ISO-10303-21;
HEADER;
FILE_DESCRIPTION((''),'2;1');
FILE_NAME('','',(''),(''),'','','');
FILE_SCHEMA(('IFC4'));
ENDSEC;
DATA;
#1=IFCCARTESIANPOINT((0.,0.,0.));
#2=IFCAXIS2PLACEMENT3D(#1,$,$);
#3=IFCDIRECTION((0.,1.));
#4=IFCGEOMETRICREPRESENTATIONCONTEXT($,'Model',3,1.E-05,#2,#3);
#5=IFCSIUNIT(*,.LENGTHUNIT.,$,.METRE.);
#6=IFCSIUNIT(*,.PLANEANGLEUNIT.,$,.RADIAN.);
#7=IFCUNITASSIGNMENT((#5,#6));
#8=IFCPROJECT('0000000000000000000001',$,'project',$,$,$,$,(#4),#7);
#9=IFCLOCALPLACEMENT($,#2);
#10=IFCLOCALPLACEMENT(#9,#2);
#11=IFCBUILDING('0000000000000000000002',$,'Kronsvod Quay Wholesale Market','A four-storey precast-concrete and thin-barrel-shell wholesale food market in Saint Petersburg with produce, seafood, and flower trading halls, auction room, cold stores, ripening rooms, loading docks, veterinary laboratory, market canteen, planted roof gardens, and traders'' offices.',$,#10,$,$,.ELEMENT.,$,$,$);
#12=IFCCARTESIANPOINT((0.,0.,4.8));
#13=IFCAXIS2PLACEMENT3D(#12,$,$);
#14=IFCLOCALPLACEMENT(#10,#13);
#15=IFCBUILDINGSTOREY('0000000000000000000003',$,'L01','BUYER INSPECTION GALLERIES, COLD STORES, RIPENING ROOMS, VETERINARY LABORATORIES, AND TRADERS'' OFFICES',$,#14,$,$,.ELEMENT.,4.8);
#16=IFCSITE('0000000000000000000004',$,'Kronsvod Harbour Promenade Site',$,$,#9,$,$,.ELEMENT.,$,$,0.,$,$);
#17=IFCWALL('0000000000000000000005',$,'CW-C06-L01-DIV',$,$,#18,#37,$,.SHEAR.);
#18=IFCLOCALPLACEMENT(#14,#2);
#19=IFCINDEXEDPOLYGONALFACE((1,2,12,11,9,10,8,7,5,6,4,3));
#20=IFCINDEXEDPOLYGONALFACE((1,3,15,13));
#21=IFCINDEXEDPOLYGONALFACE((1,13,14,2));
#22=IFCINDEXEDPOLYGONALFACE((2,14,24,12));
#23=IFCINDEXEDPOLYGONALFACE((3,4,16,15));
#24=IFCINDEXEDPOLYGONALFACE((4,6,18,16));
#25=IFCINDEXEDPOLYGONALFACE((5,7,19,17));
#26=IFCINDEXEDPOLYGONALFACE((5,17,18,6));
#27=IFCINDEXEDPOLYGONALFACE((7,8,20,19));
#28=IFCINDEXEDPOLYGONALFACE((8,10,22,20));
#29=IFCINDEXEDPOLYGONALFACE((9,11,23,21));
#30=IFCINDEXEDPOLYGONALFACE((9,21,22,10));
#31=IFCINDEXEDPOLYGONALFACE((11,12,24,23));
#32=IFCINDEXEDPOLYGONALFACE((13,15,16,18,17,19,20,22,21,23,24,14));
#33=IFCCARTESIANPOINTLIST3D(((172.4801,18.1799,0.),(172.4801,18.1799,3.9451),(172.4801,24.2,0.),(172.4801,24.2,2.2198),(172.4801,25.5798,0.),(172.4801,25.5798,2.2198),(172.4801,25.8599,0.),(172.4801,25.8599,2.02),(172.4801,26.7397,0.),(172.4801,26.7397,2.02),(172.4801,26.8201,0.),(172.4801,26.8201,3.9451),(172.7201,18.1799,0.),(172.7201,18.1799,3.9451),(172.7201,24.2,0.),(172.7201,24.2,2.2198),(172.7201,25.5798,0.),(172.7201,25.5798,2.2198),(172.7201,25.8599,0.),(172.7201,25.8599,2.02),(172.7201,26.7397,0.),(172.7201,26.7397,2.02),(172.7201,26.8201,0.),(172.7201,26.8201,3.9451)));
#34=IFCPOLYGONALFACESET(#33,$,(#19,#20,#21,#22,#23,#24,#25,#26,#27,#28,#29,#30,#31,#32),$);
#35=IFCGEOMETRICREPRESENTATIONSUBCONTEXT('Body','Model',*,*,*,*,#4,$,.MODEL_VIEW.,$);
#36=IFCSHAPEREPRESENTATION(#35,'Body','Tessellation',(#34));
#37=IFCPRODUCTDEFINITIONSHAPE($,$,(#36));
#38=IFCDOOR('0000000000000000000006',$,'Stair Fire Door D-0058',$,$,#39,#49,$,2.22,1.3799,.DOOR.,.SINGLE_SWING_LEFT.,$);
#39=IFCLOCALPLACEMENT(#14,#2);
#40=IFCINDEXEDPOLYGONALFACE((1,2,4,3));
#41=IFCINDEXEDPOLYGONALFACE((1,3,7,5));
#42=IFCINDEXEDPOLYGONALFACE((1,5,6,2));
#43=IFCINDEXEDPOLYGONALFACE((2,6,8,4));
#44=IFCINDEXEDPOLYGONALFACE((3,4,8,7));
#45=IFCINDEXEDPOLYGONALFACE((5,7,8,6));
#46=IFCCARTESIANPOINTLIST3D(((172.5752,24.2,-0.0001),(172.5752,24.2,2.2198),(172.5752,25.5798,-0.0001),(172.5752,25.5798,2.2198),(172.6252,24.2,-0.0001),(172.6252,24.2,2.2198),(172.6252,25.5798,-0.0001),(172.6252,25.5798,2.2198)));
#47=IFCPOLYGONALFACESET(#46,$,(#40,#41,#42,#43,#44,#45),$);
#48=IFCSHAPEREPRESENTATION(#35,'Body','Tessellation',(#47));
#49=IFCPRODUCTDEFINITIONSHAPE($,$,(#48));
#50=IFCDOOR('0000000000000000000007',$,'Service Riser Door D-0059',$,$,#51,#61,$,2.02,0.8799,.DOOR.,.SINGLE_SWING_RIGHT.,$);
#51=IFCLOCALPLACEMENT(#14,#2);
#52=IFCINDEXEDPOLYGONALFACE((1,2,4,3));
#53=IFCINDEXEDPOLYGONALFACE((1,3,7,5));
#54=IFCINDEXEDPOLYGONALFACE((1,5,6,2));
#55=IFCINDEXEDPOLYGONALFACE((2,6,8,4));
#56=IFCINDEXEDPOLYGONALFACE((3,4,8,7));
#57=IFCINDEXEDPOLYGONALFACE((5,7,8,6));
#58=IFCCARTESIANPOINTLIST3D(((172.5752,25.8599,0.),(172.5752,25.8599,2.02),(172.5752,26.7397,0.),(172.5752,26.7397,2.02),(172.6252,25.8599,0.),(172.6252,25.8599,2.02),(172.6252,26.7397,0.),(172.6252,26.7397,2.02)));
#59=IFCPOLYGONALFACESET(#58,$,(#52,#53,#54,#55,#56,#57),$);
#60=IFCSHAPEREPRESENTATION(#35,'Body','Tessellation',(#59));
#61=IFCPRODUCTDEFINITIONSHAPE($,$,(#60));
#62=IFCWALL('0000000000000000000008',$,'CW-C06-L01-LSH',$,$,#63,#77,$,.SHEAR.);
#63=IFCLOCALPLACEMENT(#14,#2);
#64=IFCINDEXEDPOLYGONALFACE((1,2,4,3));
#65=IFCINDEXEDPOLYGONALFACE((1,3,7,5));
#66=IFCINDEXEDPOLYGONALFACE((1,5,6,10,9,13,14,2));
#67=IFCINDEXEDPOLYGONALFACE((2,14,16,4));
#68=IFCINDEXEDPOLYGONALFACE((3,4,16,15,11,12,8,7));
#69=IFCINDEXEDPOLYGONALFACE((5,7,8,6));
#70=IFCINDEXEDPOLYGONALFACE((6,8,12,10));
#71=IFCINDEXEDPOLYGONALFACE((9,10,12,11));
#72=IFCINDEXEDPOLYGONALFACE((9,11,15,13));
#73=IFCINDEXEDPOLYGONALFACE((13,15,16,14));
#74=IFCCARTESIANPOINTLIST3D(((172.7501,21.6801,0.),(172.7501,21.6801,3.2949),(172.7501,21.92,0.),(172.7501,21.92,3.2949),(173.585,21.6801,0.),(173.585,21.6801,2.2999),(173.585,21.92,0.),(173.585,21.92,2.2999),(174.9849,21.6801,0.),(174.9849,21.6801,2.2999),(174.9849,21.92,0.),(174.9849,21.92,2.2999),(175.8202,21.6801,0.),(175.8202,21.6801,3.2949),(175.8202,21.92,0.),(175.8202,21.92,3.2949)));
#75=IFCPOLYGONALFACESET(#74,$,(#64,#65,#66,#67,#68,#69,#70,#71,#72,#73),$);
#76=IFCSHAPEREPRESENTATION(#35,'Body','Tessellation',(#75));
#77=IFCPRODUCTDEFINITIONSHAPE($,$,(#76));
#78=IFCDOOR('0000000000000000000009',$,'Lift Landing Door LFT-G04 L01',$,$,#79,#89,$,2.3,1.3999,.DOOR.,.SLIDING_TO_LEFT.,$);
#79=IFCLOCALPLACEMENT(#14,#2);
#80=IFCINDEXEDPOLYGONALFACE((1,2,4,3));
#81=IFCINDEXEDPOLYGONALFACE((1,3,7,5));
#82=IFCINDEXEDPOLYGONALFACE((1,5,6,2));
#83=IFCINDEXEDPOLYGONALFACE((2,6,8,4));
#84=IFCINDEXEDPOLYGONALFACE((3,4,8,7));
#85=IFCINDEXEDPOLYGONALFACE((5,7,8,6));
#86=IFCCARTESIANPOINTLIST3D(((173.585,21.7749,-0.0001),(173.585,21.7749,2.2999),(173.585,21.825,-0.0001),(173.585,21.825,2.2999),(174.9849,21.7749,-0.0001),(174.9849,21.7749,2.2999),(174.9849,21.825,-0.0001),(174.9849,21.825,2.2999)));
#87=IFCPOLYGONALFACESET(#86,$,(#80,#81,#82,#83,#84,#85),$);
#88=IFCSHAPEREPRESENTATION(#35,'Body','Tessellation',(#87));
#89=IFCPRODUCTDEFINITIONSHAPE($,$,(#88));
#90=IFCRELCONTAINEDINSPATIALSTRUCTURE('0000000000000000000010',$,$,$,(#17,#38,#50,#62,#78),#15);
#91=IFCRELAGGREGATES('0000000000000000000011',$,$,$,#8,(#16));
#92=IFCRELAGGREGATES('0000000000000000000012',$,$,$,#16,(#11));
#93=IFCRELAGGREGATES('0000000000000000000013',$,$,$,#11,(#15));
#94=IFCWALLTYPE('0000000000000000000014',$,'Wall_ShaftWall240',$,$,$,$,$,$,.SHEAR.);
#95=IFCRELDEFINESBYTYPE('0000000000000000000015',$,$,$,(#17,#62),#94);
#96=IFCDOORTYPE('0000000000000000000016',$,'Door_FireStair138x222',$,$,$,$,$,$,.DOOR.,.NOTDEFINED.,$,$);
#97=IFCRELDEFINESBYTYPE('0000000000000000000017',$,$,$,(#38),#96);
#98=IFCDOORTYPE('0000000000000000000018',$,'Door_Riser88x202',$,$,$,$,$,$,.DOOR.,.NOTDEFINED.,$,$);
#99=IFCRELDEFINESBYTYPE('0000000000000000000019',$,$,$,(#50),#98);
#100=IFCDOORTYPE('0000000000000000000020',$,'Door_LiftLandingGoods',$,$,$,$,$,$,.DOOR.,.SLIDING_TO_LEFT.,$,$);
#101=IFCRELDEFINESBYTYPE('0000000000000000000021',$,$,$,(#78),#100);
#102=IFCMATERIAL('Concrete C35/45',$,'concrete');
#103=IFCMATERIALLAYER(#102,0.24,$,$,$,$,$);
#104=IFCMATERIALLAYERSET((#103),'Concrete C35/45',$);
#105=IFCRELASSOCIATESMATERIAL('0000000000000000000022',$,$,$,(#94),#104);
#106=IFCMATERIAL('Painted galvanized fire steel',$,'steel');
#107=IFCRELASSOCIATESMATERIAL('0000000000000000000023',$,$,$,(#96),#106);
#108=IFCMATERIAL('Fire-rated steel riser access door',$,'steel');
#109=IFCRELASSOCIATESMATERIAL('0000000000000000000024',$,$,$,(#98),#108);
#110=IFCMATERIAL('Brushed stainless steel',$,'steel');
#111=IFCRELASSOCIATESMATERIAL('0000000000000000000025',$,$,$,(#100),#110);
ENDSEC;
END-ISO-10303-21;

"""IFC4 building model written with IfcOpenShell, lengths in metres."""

from ifc_helpers import new_model, si_unit, direction, frame, frame_2d, origin, place, context, subcontext, project, spatial, rectangle, extrude, material, layer, layer_set, type_object, element, fill, save


model = new_model("IFC4")

# Units and contexts
model_context = context("Model", 3, precision=1e-05, world=origin(), true_north=direction((0.0, 1.0)))
body_context = subcontext(model_context, "Body", "Model", "MODEL_VIEW")
ifc_project = project(units=[si_unit("LENGTHUNIT", "METRE"), si_unit("PLANEANGLEUNIT", "RADIAN")], contexts=[model_context])

# Site, building, storey
site_placement = place(None, origin())
site = spatial("IfcSite", under=ifc_project, at=site_placement, Name="Kronsvod Harbour Promenade Site", CompositionType="ELEMENT", RefElevation=0.0)
building_placement = place(site_placement, origin())
building = spatial("IfcBuilding", under=site, at=building_placement, Name="Kronsvod Quay Wholesale Market", Description="A four-storey precast-concrete and thin-barrel-shell wholesale food market in Saint Petersburg with produce, seafood, and flower trading halls, auction room, cold stores, ripening rooms, loading docks, veterinary laboratory, market canteen, planted roof gardens, and traders' offices.", CompositionType="ELEMENT")
storey_placement = place(building_placement, frame((0.0, 0.0, 4.8)))
storey = spatial("IfcBuildingStorey", under=building, at=storey_placement, Name="L01", Description="BUYER INSPECTION GALLERIES, COLD STORES, RIPENING ROOMS, VETERINARY LABORATORIES, AND TRADERS' OFFICES", CompositionType="ELEMENT", Elevation=4.8)

# Wall, openings, doors
ifc_material_1 = material(Name="Concrete C35/45", Category="concrete")
ifc_layer_1 = layer(ifc_material_1, 0.24)
ifc_layer_set_1 = layer_set([ifc_layer_1], Name="Concrete C35/45")
wall_type_1 = type_object("IfcWallType", Name="Wall_ShaftWall240", PredefinedType="SHEAR", material=ifc_layer_set_1)
wall_1_placement = place(storey_placement, frame((172.6001, 18.1799, 0.0), z_axis=(0.0, 0.0, 1.0), x_axis=(0.0, 1.0, 0.0)))
wall_1 = element("IfcWall", 1, at=wall_1_placement, inside=storey, type_object=wall_type_1, Name="CW-C06-L01-DIV", PredefinedType="SHEAR", context=body_context, shape_type="SweptSolid", body=[
    extrude(rectangle(XDim=8.6401, YDim=0.24, at=frame_2d((4.3201, 0.0))), origin(), (0.0, 0.0, 1.0), 3.9451),
])
opening_1_placement = place(wall_1_placement, frame((6.02, 0.0, 0.0)))
opening_1 = element("IfcOpeningElement", 2, at=opening_1_placement, cuts=wall_1, PredefinedType="OPENING", context=body_context, shape_type="SweptSolid", body=[
    extrude(rectangle(XDim=1.3799, YDim=2.22, at=frame_2d((0.6899, 1.1099))), frame((0.0, 0.1299, 0.0), z_axis=(0.0, -1.0, 0.0), x_axis=(1.0, 0.0, 0.0)), (0.0, 0.0, 1.0), 0.26),
])
opening_2_placement = place(wall_1_placement, frame((7.6799, 0.0, 0.0)))
opening_2 = element("IfcOpeningElement", 3, at=opening_2_placement, cuts=wall_1, PredefinedType="OPENING", context=body_context, shape_type="SweptSolid", body=[
    extrude(rectangle(XDim=0.8799, YDim=2.02, at=frame_2d((0.4399, 1.01))), frame((0.0, 0.1299, 0.0), z_axis=(0.0, -1.0, 0.0), x_axis=(1.0, 0.0, 0.0)), (0.0, 0.0, 1.0), 0.26),
])
ifc_material_2 = material(Name="Painted galvanized fire steel", Category="steel")
door_type_1 = type_object("IfcDoorType", Name="Door_FireStair138x222", OperationType="NOTDEFINED", PredefinedType="DOOR", material=ifc_material_2)
door_1_placement = place(opening_1_placement, origin())
door_1 = element("IfcDoor", 4, at=door_1_placement, inside=storey, type_object=door_type_1, Name="Stair Fire Door D-0058", OperationType="SINGLE_SWING_LEFT", OverallHeight=2.22, OverallWidth=1.3799, PredefinedType="DOOR", context=body_context, shape_type="SweptSolid", body=[
    extrude(rectangle(XDim=1.3799, YDim=2.22, at=frame_2d((0.6899, 1.1099))), frame((0.0, 0.0249, 0.0), z_axis=(0.0, -1.0, 0.0), x_axis=(1.0, 0.0, 0.0)), (0.0, 0.0, 1.0), 0.05),
])
fill(opening_1, door_1)
ifc_material_3 = material(Name="Fire-rated steel riser access door", Category="steel")
door_type_2 = type_object("IfcDoorType", Name="Door_Riser88x202", OperationType="NOTDEFINED", PredefinedType="DOOR", material=ifc_material_3)
door_2_placement = place(opening_2_placement, origin())
door_2 = element("IfcDoor", 5, at=door_2_placement, inside=storey, type_object=door_type_2, Name="Service Riser Door D-0059", OperationType="SINGLE_SWING_RIGHT", OverallHeight=2.02, OverallWidth=0.8799, PredefinedType="DOOR", context=body_context, shape_type="SweptSolid", body=[
    extrude(rectangle(XDim=0.8799, YDim=2.02, at=frame_2d((0.4399, 1.01))), frame((0.0, 0.0249, 0.0), z_axis=(0.0, -1.0, 0.0), x_axis=(1.0, 0.0, 0.0)), (0.0, 0.0, 1.0), 0.05),
])
fill(opening_2, door_2)

# Wall, opening, door
wall_2_placement = place(storey_placement, frame((172.75, 21.8, 0.0), z_axis=(0.0, 0.0, 1.0), x_axis=(1.0, 0.0, 0.0)))
wall_2 = element("IfcWall", 6, at=wall_2_placement, inside=storey, type_object=wall_type_1, Name="CW-C06-L01-LSH", PredefinedType="SHEAR", context=body_context, shape_type="SweptSolid", body=[
    extrude(rectangle(XDim=3.0701, YDim=0.24, at=frame_2d((1.5352, 0.0))), origin(), (0.0, 0.0, 1.0), 3.2949),
])
opening_3_placement = place(wall_2_placement, frame((0.835, 0.0, 0.0)))
opening_3 = element("IfcOpeningElement", 7, at=opening_3_placement, cuts=wall_2, PredefinedType="OPENING", context=body_context, shape_type="SweptSolid", body=[
    extrude(rectangle(XDim=1.3999, YDim=2.3, at=frame_2d((0.7, 1.1499))), frame((0.0, 0.1299, 0.0), z_axis=(0.0, -1.0, 0.0), x_axis=(1.0, 0.0, 0.0)), (0.0, 0.0, 1.0), 0.26),
])
ifc_material_4 = material(Name="Brushed stainless steel", Category="steel")
door_type_3 = type_object("IfcDoorType", Name="Door_LiftLandingGoods", OperationType="SLIDING_TO_LEFT", PredefinedType="DOOR", material=ifc_material_4)
door_3_placement = place(opening_3_placement, origin())
door_3 = element("IfcDoor", 8, at=door_3_placement, inside=storey, type_object=door_type_3, Name="Lift Landing Door LFT-G04 L01", OperationType="SLIDING_TO_LEFT", OverallHeight=2.3, OverallWidth=1.3999, PredefinedType="DOOR", context=body_context, shape_type="SweptSolid", body=[
    extrude(rectangle(XDim=1.3999, YDim=2.3, at=frame_2d((0.7, 1.1499))), frame((0.0, 0.0249, 0.0), z_axis=(0.0, -1.0, 0.0), x_axis=(1.0, 0.0, 0.0)), (0.0, 0.0, 1.0), 0.05),
])
fill(opening_3, door_3)

save(model, "model.ifc")
